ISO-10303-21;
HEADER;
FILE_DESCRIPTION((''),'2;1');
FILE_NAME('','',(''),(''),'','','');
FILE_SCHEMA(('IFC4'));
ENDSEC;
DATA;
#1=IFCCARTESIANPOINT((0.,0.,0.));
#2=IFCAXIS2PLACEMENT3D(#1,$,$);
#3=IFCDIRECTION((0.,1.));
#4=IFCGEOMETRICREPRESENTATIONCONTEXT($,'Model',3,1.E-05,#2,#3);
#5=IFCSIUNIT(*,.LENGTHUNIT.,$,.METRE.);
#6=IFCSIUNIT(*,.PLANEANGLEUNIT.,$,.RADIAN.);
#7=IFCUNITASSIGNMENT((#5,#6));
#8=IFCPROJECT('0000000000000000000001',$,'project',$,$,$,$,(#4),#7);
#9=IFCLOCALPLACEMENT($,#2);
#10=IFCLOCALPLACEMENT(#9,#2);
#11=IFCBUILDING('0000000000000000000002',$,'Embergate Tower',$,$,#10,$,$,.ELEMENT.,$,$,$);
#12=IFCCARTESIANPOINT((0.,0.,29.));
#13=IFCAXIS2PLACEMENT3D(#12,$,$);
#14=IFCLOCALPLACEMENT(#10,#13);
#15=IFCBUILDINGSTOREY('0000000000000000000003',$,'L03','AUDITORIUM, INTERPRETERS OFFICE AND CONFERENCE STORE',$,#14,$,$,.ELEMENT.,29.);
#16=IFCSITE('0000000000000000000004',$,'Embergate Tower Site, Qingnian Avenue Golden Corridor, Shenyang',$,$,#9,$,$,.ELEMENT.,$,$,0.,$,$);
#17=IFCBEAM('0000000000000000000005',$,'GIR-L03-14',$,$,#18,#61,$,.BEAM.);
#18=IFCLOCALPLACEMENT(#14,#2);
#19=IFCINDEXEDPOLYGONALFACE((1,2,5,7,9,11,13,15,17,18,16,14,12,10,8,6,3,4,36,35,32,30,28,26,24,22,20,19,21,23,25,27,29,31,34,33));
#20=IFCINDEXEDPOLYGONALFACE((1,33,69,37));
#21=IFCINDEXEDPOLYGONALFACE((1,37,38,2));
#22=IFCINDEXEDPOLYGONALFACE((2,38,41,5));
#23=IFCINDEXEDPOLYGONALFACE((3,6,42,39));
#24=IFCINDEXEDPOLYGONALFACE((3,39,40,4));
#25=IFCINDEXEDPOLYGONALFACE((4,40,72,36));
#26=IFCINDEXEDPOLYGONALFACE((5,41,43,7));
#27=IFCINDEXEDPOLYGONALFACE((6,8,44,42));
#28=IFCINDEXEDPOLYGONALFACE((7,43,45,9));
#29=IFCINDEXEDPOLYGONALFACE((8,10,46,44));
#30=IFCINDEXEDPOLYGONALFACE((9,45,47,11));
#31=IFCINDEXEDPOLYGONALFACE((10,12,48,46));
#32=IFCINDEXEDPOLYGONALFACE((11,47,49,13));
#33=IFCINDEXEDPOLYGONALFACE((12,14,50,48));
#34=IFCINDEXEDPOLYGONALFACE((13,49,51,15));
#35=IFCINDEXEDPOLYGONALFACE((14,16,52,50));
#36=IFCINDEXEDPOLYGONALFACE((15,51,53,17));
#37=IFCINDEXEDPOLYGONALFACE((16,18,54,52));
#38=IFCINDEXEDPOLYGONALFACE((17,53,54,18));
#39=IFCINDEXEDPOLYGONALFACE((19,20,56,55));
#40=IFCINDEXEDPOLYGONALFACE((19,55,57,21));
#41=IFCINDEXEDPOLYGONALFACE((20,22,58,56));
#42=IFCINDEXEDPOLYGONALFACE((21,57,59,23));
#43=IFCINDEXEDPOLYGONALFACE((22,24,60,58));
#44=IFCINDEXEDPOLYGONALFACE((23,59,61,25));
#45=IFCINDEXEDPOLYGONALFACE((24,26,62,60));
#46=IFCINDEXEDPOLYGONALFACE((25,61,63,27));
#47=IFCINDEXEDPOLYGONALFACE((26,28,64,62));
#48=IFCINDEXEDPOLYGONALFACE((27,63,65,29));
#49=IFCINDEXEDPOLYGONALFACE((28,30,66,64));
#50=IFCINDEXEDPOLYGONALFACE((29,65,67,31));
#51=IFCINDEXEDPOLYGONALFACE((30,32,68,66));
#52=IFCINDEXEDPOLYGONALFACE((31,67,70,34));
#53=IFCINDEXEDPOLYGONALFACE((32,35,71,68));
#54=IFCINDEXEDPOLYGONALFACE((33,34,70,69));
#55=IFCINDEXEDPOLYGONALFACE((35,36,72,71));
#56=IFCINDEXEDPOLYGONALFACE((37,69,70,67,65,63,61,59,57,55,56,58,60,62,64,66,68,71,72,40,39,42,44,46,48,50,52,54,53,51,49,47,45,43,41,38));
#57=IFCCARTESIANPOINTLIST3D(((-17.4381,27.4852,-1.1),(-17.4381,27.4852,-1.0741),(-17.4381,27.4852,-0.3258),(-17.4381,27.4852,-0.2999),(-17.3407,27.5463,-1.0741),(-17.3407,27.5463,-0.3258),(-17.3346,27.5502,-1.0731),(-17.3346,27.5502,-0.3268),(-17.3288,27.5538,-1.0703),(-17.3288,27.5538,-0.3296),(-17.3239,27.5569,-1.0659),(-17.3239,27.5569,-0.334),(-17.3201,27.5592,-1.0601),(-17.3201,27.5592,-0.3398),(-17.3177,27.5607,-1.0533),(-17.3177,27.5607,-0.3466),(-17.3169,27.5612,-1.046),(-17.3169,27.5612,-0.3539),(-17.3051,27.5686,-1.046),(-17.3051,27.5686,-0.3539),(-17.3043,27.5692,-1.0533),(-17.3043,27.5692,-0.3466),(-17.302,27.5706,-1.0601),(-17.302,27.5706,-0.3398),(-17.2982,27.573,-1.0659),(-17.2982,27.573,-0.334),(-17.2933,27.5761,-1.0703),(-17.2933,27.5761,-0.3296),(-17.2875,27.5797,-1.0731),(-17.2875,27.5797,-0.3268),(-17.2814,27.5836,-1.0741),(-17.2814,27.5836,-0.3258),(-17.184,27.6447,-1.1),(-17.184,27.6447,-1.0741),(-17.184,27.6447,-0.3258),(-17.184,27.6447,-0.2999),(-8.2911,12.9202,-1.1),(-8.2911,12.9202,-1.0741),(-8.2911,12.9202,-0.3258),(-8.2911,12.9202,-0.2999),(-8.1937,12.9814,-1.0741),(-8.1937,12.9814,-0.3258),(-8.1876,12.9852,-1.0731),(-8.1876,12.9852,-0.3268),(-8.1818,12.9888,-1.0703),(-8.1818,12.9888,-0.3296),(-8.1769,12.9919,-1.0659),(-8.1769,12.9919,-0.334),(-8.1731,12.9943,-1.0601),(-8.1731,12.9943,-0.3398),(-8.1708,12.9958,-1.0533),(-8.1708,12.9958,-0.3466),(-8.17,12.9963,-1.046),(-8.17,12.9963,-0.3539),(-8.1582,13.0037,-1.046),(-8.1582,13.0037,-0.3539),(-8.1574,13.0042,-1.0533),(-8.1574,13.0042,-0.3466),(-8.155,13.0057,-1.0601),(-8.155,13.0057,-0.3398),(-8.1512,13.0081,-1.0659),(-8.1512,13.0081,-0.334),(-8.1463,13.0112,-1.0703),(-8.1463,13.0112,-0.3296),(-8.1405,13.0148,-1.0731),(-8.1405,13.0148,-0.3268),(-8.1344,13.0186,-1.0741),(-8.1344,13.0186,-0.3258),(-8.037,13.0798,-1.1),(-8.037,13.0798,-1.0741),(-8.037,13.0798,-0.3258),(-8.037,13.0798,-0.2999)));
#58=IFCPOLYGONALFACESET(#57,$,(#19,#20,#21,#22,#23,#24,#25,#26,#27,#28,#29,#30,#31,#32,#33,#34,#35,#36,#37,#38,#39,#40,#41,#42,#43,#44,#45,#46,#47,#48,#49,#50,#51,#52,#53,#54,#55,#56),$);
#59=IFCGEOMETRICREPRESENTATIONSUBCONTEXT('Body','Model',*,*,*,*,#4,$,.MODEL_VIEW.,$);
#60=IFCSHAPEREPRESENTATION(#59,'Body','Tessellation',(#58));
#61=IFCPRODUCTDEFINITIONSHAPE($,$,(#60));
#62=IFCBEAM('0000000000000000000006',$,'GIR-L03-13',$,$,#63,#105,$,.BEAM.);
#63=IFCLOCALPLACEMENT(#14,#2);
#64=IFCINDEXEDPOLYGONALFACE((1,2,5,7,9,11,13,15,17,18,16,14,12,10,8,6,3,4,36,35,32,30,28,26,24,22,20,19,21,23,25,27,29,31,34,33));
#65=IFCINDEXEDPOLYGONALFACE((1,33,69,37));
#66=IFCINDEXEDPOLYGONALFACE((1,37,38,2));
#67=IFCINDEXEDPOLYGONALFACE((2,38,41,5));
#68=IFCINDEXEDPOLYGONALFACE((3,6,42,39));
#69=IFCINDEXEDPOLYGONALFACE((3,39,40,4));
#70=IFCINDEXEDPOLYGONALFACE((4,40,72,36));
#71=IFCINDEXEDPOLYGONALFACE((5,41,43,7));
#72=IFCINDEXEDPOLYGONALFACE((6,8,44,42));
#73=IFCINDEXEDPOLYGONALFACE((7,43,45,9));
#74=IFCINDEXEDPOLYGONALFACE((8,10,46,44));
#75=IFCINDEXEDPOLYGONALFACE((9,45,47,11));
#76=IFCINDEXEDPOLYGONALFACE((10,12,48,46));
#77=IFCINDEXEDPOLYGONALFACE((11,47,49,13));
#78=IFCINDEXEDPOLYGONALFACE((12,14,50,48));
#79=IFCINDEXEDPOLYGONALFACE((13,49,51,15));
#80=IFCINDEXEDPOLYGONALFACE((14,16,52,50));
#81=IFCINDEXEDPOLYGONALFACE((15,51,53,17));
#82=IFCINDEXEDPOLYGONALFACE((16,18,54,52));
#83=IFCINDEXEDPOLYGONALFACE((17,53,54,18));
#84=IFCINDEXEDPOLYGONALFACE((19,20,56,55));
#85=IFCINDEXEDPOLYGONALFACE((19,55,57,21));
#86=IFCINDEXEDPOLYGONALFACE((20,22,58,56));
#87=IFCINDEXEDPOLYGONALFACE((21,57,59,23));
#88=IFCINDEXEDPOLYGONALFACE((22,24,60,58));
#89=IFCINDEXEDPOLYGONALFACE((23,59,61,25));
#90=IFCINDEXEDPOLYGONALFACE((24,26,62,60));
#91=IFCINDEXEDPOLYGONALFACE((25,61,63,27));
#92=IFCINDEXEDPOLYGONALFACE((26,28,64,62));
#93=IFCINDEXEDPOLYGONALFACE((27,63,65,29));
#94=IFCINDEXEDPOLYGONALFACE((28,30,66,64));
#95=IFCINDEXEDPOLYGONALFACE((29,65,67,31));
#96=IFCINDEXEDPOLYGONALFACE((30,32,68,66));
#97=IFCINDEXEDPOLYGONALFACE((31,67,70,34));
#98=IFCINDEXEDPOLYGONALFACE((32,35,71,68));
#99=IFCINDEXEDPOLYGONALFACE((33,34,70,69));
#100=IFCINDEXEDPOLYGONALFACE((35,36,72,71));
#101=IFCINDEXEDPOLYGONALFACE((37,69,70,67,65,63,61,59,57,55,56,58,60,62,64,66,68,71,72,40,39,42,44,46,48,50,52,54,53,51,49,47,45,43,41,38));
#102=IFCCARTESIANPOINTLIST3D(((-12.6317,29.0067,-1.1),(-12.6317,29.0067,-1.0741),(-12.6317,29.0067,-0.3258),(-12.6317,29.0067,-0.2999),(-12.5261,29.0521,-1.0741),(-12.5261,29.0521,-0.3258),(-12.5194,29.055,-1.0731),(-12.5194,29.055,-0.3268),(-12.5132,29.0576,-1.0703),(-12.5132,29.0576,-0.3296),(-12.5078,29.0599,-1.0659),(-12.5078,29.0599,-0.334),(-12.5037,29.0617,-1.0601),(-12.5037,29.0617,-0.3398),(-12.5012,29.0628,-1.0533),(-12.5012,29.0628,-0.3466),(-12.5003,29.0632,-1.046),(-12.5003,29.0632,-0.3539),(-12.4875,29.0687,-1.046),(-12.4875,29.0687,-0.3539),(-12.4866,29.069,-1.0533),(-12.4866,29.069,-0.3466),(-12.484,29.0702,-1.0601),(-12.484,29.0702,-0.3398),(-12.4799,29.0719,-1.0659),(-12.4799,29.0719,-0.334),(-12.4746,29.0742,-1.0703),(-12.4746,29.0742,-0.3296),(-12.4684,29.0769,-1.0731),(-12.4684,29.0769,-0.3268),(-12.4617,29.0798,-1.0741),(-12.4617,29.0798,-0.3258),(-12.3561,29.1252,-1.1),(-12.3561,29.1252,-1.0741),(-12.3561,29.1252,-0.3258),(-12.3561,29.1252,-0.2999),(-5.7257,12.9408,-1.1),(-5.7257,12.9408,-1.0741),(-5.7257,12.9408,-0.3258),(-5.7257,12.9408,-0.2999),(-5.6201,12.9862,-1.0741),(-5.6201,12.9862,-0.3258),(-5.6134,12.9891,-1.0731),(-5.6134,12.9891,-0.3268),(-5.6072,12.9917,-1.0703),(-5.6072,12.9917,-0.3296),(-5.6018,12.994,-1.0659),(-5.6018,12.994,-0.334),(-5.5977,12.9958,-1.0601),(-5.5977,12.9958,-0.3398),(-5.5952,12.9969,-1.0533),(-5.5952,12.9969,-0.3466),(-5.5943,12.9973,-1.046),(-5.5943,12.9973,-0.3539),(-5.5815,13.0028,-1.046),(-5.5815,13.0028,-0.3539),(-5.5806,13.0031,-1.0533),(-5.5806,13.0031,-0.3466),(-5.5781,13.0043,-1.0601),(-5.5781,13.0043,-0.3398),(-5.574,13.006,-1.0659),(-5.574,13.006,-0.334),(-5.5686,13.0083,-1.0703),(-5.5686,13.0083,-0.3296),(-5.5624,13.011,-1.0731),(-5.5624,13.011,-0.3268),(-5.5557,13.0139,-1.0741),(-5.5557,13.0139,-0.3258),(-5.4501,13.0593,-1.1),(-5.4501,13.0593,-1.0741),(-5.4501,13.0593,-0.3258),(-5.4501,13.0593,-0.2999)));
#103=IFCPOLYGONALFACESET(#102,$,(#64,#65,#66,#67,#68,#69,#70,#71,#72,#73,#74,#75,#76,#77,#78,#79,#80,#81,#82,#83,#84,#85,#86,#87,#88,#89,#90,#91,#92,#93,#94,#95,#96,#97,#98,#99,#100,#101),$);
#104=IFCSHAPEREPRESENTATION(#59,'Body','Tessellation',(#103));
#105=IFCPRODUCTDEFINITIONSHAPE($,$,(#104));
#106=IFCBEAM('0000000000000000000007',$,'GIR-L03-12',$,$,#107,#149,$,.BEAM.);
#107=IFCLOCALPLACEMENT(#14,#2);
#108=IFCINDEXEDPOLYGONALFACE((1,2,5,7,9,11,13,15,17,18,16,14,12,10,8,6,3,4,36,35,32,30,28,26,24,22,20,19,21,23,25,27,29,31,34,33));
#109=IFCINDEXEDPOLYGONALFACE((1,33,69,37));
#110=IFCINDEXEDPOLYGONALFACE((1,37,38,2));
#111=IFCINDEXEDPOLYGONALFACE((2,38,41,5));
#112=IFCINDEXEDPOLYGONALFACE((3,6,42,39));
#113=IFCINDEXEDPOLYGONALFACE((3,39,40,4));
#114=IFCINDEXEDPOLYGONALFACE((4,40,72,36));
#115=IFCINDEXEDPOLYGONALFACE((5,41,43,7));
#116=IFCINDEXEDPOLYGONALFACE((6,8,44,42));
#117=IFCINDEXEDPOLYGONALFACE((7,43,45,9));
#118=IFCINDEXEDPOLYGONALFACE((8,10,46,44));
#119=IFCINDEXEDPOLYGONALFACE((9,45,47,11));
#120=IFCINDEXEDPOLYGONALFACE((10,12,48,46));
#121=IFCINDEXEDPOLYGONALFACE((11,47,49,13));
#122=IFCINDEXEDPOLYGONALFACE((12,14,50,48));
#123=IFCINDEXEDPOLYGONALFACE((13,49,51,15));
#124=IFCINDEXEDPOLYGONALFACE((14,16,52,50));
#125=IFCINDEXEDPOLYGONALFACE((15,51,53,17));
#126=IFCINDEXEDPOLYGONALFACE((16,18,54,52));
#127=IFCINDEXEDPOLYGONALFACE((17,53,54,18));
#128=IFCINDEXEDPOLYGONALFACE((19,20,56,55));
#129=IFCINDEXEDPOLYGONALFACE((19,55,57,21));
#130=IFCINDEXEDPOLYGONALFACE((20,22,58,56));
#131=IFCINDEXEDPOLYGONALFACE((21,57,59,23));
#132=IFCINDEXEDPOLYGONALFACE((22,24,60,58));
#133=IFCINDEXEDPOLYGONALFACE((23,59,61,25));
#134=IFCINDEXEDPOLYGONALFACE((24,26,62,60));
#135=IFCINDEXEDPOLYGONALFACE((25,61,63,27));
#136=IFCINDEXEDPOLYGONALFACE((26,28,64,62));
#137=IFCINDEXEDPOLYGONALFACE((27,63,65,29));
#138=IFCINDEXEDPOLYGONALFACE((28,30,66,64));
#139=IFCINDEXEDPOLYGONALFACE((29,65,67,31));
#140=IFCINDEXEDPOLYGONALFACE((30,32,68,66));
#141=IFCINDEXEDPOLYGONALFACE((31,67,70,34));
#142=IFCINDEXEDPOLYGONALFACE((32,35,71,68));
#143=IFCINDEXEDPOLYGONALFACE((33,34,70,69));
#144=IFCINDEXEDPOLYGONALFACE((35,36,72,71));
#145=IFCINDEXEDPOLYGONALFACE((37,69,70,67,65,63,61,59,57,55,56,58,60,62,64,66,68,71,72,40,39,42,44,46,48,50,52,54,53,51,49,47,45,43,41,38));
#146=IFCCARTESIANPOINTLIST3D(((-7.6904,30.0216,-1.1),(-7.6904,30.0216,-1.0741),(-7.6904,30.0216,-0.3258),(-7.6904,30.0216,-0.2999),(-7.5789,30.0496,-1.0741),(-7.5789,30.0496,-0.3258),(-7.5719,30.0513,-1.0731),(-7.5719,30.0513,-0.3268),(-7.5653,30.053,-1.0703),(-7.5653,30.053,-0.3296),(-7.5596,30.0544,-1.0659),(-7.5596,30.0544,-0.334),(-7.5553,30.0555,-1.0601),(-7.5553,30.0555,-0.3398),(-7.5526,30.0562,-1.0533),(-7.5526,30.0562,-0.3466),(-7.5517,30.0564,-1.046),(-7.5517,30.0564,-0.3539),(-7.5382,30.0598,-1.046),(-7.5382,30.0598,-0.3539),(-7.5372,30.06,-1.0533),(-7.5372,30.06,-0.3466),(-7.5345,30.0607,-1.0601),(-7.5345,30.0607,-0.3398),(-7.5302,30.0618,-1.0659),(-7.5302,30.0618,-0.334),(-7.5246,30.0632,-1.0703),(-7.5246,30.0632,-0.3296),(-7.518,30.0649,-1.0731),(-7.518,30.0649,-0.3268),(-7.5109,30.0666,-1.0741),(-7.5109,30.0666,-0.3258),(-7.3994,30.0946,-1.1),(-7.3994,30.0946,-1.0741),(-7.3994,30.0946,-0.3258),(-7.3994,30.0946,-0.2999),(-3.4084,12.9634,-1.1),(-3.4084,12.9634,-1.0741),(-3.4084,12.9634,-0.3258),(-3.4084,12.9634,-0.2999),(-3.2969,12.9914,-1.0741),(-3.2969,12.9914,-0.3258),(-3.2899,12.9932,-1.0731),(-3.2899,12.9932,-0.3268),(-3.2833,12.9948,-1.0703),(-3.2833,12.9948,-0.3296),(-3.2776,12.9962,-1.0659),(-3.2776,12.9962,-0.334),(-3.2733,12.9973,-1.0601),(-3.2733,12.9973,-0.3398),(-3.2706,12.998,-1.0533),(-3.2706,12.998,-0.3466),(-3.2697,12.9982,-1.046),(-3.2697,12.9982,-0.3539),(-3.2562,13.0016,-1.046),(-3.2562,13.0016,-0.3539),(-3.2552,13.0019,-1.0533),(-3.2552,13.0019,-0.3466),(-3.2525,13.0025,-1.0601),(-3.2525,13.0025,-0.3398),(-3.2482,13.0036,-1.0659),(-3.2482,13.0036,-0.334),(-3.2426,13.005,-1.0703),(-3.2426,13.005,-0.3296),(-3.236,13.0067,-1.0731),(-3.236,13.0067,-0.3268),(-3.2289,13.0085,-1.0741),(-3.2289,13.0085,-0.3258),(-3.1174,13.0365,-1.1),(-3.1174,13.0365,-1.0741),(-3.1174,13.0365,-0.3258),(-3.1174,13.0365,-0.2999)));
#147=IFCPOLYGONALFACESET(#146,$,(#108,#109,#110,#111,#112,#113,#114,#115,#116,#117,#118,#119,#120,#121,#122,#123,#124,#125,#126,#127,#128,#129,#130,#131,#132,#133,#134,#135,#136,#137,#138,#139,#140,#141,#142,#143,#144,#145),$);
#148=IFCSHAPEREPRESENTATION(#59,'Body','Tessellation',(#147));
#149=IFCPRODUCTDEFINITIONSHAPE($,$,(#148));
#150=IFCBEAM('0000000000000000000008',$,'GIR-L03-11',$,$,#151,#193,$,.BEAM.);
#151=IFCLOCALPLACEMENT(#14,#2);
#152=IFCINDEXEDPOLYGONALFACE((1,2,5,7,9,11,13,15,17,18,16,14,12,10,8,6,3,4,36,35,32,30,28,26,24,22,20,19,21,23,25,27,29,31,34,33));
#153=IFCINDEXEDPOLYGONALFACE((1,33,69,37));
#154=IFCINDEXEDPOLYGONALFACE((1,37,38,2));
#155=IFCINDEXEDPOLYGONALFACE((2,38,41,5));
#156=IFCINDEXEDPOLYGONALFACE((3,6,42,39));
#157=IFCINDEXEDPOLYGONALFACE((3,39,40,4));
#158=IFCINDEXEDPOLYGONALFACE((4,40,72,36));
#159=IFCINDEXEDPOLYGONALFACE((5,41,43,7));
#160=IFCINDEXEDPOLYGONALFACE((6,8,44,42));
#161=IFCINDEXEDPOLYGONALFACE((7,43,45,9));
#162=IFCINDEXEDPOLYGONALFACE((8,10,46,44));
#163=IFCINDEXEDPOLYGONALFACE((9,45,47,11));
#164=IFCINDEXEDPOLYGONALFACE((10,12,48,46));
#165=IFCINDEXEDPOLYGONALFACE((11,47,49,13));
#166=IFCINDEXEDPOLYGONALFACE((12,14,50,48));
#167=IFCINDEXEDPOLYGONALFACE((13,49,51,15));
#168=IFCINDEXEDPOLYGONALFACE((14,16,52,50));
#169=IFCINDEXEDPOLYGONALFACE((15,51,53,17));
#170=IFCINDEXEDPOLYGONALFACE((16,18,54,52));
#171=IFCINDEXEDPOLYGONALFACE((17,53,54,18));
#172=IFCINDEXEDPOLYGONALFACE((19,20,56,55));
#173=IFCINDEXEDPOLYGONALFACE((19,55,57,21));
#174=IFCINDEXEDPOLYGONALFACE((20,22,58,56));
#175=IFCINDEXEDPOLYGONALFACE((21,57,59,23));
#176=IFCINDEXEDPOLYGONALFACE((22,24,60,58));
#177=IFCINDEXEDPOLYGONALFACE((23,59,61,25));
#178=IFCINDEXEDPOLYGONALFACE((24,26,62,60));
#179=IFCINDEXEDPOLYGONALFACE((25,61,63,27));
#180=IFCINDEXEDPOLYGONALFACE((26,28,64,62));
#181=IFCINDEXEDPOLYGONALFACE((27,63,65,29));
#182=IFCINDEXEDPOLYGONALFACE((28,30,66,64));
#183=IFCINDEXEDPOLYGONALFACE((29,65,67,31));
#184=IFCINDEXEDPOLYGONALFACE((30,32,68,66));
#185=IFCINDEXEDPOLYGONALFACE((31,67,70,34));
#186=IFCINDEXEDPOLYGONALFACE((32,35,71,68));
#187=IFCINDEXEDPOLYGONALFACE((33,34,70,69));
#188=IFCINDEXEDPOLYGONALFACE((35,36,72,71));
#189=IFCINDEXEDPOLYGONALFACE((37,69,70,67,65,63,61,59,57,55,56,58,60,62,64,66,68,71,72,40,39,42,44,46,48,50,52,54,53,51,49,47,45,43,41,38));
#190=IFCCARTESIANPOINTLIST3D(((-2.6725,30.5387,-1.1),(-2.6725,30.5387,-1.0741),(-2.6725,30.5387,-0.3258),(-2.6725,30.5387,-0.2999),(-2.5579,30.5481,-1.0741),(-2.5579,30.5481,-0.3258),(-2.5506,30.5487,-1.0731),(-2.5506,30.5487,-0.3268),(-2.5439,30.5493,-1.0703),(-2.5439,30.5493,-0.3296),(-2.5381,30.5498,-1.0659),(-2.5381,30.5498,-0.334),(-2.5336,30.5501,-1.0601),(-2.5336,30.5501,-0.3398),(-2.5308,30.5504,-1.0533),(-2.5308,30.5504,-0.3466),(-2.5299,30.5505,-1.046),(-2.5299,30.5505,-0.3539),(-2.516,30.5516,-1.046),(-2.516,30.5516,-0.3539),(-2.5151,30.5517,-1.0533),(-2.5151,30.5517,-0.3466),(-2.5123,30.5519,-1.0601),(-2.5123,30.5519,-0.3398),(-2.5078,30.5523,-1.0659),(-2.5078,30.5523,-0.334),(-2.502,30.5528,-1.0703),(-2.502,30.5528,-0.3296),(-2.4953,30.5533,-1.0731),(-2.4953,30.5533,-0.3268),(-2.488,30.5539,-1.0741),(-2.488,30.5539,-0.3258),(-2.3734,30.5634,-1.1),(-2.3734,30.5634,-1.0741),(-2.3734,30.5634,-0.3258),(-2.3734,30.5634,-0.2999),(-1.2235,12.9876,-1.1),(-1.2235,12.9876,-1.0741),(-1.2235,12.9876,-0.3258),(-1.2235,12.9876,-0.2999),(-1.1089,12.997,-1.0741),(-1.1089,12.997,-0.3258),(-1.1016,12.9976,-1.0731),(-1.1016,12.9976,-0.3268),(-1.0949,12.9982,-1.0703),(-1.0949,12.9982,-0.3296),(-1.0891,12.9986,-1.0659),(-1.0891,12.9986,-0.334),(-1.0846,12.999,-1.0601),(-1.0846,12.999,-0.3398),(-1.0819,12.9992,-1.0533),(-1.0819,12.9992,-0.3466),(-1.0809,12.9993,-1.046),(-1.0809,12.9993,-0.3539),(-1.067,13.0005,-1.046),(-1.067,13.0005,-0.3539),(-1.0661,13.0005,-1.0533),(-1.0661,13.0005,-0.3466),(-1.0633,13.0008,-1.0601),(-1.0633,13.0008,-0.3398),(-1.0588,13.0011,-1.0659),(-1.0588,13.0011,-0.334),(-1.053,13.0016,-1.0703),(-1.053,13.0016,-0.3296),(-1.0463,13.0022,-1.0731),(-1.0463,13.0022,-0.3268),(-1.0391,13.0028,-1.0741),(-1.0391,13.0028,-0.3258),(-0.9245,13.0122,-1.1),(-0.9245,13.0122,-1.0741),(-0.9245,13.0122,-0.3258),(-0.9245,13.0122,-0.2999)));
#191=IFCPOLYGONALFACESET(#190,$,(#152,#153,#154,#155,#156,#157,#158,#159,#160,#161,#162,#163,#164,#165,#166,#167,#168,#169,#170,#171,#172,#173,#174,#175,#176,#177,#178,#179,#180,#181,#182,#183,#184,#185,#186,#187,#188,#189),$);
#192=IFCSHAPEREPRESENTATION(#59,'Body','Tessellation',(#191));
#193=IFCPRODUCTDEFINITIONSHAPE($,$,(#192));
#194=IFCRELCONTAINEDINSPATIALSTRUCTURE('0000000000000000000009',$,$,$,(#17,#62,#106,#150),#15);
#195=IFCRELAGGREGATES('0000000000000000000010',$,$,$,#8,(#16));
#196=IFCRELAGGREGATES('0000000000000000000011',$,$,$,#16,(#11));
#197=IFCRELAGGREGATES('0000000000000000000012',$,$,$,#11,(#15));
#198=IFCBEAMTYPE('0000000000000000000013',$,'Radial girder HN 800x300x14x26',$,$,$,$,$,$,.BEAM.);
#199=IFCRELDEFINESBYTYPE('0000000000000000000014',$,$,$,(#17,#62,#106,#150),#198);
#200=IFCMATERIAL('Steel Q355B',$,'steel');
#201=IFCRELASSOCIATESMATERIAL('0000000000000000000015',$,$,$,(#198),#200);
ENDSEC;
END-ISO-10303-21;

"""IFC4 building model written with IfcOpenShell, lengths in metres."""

from ifc_helpers import new_model, si_unit, direction, frame, origin, origin_2d, place, context, subcontext, project, spatial, i_section, extrude, source, transform, mapped, material, material_profile, profile_set, type_object, element, save


model = new_model("IFC4")

# Units and contexts
model_context = context("Model", 3, precision=1e-05, world=origin(), true_north=direction((0.0, 1.0)))
body_context = subcontext(model_context, "Body", "Model", "MODEL_VIEW")
ifc_project = project(units=[si_unit("LENGTHUNIT", "METRE"), si_unit("PLANEANGLEUNIT", "RADIAN")], contexts=[model_context])

# Site, building, storey
site_placement = place(None, origin())
site = spatial("IfcSite", under=ifc_project, at=site_placement, Name="Embergate Tower Site, Qingnian Avenue Golden Corridor, Shenyang", CompositionType="ELEMENT", RefElevation=0.0)
building_placement = place(site_placement, origin())
building = spatial("IfcBuilding", under=site, at=building_placement, Name="Embergate Tower", CompositionType="ELEMENT")
storey_placement = place(building_placement, frame((0.0, 0.0, 29.0)))
storey = spatial("IfcBuildingStorey", under=building, at=storey_placement, Name="L03", Description="AUDITORIUM, INTERPRETERS OFFICE AND CONFERENCE STORE", CompositionType="ELEMENT", Elevation=29.0)

# Beams
ifc_material_1 = material(Name="Steel Q355B", Category="steel")
ifc_material_profile_1 = material_profile(ifc_material_1, i_section(OverallWidth=0.3, OverallDepth=0.8, WebThickness=0.0139, FlangeThickness=0.0259, FilletRadius=0.0281, at=origin_2d()), Name="HN 800x300x14x26")
ifc_profile_set_1 = profile_set([ifc_material_profile_1], Name="Steel Q355 grade B")
beam_type_1 = type_object("IfcBeamType", Name="Radial girder HN 800x300x14x26", PredefinedType="BEAM", material=ifc_profile_set_1)
shared_shape_1 = source(origin(), body_context, "Body", "SweptSolid", [
    extrude(i_section(OverallWidth=0.3, OverallDepth=0.8, WebThickness=0.0139, FlangeThickness=0.0259, FilletRadius=0.0281, at=origin_2d()), origin(), (0.0, 0.0, 1.0), 17.199),
])
beam_1_placement = place(storey_placement, frame((-17.311, 27.5649, -0.7), z_axis=(0.531833, -0.84685, 0.0), x_axis=(0.84685, 0.531833, 0.0)))
element("IfcBeam", 1, at=beam_1_placement, inside=storey, type_object=beam_type_1, Name="GIR-L03-14", PredefinedType="BEAM", context=body_context, shape_type="MappedRepresentation", body=[
    mapped(shared_shape_1, transform((0.0, 0.0, 0.0))),
])
shared_shape_2 = source(origin(), body_context, "Body", "SweptSolid", [
    extrude(i_section(OverallWidth=0.3, OverallDepth=0.8, WebThickness=0.0139, FlangeThickness=0.0259, FilletRadius=0.0281, at=origin_2d()), origin(), (0.0, 0.0, 1.0), 17.4873),
])
beam_2_placement = place(storey_placement, frame((-12.4939, 29.0659, -0.7), z_axis=(0.394915, -0.918718, 0.0), x_axis=(0.918718, 0.394915, 0.0)))
element("IfcBeam", 2, at=beam_2_placement, inside=storey, type_object=beam_type_1, Name="GIR-L03-13", PredefinedType="BEAM", context=body_context, shape_type="MappedRepresentation", body=[
    mapped(shared_shape_2, transform((0.0, 0.0, 0.0))),
])
shared_shape_3 = source(origin(), body_context, "Body", "SweptSolid", [
    extrude(i_section(OverallWidth=0.3, OverallDepth=0.8, WebThickness=0.0139, FlangeThickness=0.0259, FilletRadius=0.0281, at=origin_2d()), origin(), (0.0, 0.0, 1.0), 17.5874),
])
beam_3_placement = place(storey_placement, frame((-7.5449, 30.0581, -0.7), z_axis=(0.24347, -0.969909, 0.0), x_axis=(0.969909, 0.24347, 0.0)))
element("IfcBeam", 3, at=beam_3_placement, inside=storey, type_object=beam_type_1, Name="GIR-L03-12", PredefinedType="BEAM", context=body_context, shape_type="MappedRepresentation", body=[
    mapped(shared_shape_3, transform((0.0, 0.0, 0.0))),
])
shared_shape_4 = source(origin(), body_context, "Body", "SweptSolid", [
    extrude(i_section(OverallWidth=0.3, OverallDepth=0.8, WebThickness=0.0139, FlangeThickness=0.0259, FilletRadius=0.0281, at=origin_2d()), origin(), (0.0, 0.0, 1.0), 17.6108),
])
beam_4_placement = place(storey_placement, frame((-2.5229, 30.551, -0.7), z_axis=(0.082278, -0.996609, 0.0), x_axis=(0.996609, 0.082278, 0.0)))
element("IfcBeam", 4, at=beam_4_placement, inside=storey, type_object=beam_type_1, Name="GIR-L03-11", PredefinedType="BEAM", context=body_context, shape_type="MappedRepresentation", body=[
    mapped(shared_shape_4, transform((0.0, 0.0, 0.0))),
])

save(model, "model.ifc")
